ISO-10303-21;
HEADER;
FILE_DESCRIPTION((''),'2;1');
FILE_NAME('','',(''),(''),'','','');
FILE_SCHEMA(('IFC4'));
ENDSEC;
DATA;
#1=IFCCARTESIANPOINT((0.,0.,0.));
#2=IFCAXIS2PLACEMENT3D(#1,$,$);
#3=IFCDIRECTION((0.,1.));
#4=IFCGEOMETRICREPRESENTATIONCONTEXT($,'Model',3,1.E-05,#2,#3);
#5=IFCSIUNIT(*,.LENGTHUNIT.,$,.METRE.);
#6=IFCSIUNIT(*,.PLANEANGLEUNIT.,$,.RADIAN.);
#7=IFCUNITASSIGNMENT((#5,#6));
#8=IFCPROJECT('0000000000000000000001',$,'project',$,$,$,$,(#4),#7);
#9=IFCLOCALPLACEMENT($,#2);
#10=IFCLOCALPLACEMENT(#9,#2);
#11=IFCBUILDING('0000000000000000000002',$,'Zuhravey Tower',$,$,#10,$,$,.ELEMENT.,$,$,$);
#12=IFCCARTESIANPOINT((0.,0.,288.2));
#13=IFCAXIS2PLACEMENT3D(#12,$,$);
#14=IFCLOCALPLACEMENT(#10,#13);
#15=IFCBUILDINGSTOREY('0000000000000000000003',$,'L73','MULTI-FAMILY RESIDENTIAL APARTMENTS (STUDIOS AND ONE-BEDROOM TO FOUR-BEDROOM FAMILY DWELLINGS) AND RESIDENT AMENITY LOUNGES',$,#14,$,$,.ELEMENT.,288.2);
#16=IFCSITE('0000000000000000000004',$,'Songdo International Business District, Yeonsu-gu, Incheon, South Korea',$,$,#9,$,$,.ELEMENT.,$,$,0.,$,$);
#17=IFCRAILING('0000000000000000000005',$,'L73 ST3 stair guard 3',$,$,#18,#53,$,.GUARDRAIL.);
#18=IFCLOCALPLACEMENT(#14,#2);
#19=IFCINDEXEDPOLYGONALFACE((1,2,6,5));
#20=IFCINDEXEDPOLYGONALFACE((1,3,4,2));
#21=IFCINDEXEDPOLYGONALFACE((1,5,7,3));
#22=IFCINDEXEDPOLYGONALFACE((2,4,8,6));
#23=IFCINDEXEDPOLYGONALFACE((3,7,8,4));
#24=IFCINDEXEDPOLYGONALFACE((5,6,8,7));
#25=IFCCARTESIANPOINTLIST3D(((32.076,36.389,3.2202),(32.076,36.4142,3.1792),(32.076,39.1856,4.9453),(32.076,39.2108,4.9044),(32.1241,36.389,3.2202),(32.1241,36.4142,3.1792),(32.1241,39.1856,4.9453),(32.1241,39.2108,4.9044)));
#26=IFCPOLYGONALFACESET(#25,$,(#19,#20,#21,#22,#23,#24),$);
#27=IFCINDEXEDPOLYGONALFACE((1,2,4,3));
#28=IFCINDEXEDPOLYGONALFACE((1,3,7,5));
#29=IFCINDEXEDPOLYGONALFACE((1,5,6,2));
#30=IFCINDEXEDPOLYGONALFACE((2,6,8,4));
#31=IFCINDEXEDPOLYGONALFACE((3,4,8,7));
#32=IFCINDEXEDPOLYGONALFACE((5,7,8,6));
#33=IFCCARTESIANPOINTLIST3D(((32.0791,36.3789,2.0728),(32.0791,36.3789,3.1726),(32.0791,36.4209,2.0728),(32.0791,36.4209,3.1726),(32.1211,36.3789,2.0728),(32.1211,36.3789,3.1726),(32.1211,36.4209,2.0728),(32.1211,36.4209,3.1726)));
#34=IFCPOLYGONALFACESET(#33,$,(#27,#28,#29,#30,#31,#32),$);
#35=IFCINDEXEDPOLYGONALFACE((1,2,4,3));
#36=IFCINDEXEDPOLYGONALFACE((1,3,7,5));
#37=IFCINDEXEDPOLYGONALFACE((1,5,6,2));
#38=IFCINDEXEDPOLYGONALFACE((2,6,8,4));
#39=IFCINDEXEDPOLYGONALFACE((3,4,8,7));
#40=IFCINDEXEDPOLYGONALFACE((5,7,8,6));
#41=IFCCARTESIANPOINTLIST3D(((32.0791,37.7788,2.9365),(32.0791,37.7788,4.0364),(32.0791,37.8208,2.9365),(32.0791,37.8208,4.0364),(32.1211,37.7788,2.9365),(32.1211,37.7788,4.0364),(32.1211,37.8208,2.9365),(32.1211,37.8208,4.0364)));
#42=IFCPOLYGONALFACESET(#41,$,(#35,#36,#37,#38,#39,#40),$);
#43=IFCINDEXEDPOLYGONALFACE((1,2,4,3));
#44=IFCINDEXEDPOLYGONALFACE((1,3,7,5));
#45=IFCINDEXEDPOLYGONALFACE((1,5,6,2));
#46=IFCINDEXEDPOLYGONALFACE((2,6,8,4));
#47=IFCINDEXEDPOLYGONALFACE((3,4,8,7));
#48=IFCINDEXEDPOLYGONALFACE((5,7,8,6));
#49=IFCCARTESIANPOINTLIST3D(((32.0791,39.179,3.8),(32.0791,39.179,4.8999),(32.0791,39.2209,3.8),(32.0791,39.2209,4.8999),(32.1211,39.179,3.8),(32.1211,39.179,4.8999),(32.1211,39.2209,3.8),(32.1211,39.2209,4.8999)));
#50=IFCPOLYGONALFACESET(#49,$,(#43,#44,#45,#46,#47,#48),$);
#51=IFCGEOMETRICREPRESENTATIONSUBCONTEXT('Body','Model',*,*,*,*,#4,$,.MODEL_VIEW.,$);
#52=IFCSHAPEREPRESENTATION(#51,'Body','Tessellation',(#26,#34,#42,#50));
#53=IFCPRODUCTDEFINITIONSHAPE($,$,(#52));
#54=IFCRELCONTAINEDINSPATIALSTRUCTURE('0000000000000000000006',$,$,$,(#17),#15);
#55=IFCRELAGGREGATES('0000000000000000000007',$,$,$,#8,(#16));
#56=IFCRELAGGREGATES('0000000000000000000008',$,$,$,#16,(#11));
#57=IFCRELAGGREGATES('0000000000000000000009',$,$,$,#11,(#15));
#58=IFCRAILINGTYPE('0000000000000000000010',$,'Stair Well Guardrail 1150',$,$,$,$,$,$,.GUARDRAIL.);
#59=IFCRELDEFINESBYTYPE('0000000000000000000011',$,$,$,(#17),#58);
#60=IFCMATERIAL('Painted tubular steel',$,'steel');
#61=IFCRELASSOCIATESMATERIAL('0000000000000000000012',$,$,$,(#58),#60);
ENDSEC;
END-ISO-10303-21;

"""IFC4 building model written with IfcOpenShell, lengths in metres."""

from ifc_helpers import new_model, si_unit, direction, frame, origin, origin_2d, place, context, subcontext, project, spatial, rectangle, extrude, material, type_object, element, save


model = new_model("IFC4")

# Units and contexts
model_context = context("Model", 3, precision=1e-05, world=origin(), true_north=direction((0.0, 1.0)))
body_context = subcontext(model_context, "Body", "Model", "MODEL_VIEW")
ifc_project = project(units=[si_unit("LENGTHUNIT", "METRE"), si_unit("PLANEANGLEUNIT", "RADIAN")], contexts=[model_context])

# Site, building, storey
site_placement = place(None, origin())
site = spatial("IfcSite", under=ifc_project, at=site_placement, Name="Songdo International Business District, Yeonsu-gu, Incheon, South Korea", CompositionType="ELEMENT", RefElevation=0.0)
building_placement = place(site_placement, origin())
building = spatial("IfcBuilding", under=site, at=building_placement, Name="Zuhravey Tower", CompositionType="ELEMENT")
storey_placement = place(building_placement, frame((0.0, 0.0, 288.2)))
storey = spatial("IfcBuildingStorey", under=building, at=storey_placement, Name="L73", Description="MULTI-FAMILY RESIDENTIAL APARTMENTS (STUDIOS AND ONE-BEDROOM TO FOUR-BEDROOM FAMILY DWELLINGS) AND RESIDENT AMENITY LOUNGES", CompositionType="ELEMENT", Elevation=288.2)

# Railing
ifc_material_1 = material(Name="Painted tubular steel", Category="steel")
railing_type_1 = type_object("IfcRailingType", Name="Stair Well Guardrail 1150", PredefinedType="GUARDRAIL", material=ifc_material_1)
railing_1_placement = place(storey_placement, frame((32.1001, 36.3999, 2.0728)))
element("IfcRailing", 1, at=railing_1_placement, inside=storey, type_object=railing_type_1, Name="L73 ST3 stair guard 3", PredefinedType="GUARDRAIL", context=body_context, shape_type="SweptSolid", body=[
    extrude(rectangle(XDim=0.0481, YDim=0.0481, at=origin_2d()), frame((0.0, 0.0017, 1.127), z_axis=(0.0, 0.85109, 0.52502), x_axis=(-1.0, 0.0, 0.0)), (0.0, 0.0, 1.0), 3.2859),
    extrude(rectangle(XDim=0.042, YDim=0.042, at=origin_2d()), origin(), (0.0, 0.0, 1.0), 1.0999),
    extrude(rectangle(XDim=0.042, YDim=0.042, at=origin_2d()), frame((0.0, 1.3999, 0.8638)), (0.0, 0.0, 1.0), 1.0999),
    extrude(rectangle(XDim=0.042, YDim=0.042, at=origin_2d()), frame((0.0, 2.8, 1.7273)), (0.0, 0.0, 1.0), 1.0999),
])

save(model, "model.ifc")
